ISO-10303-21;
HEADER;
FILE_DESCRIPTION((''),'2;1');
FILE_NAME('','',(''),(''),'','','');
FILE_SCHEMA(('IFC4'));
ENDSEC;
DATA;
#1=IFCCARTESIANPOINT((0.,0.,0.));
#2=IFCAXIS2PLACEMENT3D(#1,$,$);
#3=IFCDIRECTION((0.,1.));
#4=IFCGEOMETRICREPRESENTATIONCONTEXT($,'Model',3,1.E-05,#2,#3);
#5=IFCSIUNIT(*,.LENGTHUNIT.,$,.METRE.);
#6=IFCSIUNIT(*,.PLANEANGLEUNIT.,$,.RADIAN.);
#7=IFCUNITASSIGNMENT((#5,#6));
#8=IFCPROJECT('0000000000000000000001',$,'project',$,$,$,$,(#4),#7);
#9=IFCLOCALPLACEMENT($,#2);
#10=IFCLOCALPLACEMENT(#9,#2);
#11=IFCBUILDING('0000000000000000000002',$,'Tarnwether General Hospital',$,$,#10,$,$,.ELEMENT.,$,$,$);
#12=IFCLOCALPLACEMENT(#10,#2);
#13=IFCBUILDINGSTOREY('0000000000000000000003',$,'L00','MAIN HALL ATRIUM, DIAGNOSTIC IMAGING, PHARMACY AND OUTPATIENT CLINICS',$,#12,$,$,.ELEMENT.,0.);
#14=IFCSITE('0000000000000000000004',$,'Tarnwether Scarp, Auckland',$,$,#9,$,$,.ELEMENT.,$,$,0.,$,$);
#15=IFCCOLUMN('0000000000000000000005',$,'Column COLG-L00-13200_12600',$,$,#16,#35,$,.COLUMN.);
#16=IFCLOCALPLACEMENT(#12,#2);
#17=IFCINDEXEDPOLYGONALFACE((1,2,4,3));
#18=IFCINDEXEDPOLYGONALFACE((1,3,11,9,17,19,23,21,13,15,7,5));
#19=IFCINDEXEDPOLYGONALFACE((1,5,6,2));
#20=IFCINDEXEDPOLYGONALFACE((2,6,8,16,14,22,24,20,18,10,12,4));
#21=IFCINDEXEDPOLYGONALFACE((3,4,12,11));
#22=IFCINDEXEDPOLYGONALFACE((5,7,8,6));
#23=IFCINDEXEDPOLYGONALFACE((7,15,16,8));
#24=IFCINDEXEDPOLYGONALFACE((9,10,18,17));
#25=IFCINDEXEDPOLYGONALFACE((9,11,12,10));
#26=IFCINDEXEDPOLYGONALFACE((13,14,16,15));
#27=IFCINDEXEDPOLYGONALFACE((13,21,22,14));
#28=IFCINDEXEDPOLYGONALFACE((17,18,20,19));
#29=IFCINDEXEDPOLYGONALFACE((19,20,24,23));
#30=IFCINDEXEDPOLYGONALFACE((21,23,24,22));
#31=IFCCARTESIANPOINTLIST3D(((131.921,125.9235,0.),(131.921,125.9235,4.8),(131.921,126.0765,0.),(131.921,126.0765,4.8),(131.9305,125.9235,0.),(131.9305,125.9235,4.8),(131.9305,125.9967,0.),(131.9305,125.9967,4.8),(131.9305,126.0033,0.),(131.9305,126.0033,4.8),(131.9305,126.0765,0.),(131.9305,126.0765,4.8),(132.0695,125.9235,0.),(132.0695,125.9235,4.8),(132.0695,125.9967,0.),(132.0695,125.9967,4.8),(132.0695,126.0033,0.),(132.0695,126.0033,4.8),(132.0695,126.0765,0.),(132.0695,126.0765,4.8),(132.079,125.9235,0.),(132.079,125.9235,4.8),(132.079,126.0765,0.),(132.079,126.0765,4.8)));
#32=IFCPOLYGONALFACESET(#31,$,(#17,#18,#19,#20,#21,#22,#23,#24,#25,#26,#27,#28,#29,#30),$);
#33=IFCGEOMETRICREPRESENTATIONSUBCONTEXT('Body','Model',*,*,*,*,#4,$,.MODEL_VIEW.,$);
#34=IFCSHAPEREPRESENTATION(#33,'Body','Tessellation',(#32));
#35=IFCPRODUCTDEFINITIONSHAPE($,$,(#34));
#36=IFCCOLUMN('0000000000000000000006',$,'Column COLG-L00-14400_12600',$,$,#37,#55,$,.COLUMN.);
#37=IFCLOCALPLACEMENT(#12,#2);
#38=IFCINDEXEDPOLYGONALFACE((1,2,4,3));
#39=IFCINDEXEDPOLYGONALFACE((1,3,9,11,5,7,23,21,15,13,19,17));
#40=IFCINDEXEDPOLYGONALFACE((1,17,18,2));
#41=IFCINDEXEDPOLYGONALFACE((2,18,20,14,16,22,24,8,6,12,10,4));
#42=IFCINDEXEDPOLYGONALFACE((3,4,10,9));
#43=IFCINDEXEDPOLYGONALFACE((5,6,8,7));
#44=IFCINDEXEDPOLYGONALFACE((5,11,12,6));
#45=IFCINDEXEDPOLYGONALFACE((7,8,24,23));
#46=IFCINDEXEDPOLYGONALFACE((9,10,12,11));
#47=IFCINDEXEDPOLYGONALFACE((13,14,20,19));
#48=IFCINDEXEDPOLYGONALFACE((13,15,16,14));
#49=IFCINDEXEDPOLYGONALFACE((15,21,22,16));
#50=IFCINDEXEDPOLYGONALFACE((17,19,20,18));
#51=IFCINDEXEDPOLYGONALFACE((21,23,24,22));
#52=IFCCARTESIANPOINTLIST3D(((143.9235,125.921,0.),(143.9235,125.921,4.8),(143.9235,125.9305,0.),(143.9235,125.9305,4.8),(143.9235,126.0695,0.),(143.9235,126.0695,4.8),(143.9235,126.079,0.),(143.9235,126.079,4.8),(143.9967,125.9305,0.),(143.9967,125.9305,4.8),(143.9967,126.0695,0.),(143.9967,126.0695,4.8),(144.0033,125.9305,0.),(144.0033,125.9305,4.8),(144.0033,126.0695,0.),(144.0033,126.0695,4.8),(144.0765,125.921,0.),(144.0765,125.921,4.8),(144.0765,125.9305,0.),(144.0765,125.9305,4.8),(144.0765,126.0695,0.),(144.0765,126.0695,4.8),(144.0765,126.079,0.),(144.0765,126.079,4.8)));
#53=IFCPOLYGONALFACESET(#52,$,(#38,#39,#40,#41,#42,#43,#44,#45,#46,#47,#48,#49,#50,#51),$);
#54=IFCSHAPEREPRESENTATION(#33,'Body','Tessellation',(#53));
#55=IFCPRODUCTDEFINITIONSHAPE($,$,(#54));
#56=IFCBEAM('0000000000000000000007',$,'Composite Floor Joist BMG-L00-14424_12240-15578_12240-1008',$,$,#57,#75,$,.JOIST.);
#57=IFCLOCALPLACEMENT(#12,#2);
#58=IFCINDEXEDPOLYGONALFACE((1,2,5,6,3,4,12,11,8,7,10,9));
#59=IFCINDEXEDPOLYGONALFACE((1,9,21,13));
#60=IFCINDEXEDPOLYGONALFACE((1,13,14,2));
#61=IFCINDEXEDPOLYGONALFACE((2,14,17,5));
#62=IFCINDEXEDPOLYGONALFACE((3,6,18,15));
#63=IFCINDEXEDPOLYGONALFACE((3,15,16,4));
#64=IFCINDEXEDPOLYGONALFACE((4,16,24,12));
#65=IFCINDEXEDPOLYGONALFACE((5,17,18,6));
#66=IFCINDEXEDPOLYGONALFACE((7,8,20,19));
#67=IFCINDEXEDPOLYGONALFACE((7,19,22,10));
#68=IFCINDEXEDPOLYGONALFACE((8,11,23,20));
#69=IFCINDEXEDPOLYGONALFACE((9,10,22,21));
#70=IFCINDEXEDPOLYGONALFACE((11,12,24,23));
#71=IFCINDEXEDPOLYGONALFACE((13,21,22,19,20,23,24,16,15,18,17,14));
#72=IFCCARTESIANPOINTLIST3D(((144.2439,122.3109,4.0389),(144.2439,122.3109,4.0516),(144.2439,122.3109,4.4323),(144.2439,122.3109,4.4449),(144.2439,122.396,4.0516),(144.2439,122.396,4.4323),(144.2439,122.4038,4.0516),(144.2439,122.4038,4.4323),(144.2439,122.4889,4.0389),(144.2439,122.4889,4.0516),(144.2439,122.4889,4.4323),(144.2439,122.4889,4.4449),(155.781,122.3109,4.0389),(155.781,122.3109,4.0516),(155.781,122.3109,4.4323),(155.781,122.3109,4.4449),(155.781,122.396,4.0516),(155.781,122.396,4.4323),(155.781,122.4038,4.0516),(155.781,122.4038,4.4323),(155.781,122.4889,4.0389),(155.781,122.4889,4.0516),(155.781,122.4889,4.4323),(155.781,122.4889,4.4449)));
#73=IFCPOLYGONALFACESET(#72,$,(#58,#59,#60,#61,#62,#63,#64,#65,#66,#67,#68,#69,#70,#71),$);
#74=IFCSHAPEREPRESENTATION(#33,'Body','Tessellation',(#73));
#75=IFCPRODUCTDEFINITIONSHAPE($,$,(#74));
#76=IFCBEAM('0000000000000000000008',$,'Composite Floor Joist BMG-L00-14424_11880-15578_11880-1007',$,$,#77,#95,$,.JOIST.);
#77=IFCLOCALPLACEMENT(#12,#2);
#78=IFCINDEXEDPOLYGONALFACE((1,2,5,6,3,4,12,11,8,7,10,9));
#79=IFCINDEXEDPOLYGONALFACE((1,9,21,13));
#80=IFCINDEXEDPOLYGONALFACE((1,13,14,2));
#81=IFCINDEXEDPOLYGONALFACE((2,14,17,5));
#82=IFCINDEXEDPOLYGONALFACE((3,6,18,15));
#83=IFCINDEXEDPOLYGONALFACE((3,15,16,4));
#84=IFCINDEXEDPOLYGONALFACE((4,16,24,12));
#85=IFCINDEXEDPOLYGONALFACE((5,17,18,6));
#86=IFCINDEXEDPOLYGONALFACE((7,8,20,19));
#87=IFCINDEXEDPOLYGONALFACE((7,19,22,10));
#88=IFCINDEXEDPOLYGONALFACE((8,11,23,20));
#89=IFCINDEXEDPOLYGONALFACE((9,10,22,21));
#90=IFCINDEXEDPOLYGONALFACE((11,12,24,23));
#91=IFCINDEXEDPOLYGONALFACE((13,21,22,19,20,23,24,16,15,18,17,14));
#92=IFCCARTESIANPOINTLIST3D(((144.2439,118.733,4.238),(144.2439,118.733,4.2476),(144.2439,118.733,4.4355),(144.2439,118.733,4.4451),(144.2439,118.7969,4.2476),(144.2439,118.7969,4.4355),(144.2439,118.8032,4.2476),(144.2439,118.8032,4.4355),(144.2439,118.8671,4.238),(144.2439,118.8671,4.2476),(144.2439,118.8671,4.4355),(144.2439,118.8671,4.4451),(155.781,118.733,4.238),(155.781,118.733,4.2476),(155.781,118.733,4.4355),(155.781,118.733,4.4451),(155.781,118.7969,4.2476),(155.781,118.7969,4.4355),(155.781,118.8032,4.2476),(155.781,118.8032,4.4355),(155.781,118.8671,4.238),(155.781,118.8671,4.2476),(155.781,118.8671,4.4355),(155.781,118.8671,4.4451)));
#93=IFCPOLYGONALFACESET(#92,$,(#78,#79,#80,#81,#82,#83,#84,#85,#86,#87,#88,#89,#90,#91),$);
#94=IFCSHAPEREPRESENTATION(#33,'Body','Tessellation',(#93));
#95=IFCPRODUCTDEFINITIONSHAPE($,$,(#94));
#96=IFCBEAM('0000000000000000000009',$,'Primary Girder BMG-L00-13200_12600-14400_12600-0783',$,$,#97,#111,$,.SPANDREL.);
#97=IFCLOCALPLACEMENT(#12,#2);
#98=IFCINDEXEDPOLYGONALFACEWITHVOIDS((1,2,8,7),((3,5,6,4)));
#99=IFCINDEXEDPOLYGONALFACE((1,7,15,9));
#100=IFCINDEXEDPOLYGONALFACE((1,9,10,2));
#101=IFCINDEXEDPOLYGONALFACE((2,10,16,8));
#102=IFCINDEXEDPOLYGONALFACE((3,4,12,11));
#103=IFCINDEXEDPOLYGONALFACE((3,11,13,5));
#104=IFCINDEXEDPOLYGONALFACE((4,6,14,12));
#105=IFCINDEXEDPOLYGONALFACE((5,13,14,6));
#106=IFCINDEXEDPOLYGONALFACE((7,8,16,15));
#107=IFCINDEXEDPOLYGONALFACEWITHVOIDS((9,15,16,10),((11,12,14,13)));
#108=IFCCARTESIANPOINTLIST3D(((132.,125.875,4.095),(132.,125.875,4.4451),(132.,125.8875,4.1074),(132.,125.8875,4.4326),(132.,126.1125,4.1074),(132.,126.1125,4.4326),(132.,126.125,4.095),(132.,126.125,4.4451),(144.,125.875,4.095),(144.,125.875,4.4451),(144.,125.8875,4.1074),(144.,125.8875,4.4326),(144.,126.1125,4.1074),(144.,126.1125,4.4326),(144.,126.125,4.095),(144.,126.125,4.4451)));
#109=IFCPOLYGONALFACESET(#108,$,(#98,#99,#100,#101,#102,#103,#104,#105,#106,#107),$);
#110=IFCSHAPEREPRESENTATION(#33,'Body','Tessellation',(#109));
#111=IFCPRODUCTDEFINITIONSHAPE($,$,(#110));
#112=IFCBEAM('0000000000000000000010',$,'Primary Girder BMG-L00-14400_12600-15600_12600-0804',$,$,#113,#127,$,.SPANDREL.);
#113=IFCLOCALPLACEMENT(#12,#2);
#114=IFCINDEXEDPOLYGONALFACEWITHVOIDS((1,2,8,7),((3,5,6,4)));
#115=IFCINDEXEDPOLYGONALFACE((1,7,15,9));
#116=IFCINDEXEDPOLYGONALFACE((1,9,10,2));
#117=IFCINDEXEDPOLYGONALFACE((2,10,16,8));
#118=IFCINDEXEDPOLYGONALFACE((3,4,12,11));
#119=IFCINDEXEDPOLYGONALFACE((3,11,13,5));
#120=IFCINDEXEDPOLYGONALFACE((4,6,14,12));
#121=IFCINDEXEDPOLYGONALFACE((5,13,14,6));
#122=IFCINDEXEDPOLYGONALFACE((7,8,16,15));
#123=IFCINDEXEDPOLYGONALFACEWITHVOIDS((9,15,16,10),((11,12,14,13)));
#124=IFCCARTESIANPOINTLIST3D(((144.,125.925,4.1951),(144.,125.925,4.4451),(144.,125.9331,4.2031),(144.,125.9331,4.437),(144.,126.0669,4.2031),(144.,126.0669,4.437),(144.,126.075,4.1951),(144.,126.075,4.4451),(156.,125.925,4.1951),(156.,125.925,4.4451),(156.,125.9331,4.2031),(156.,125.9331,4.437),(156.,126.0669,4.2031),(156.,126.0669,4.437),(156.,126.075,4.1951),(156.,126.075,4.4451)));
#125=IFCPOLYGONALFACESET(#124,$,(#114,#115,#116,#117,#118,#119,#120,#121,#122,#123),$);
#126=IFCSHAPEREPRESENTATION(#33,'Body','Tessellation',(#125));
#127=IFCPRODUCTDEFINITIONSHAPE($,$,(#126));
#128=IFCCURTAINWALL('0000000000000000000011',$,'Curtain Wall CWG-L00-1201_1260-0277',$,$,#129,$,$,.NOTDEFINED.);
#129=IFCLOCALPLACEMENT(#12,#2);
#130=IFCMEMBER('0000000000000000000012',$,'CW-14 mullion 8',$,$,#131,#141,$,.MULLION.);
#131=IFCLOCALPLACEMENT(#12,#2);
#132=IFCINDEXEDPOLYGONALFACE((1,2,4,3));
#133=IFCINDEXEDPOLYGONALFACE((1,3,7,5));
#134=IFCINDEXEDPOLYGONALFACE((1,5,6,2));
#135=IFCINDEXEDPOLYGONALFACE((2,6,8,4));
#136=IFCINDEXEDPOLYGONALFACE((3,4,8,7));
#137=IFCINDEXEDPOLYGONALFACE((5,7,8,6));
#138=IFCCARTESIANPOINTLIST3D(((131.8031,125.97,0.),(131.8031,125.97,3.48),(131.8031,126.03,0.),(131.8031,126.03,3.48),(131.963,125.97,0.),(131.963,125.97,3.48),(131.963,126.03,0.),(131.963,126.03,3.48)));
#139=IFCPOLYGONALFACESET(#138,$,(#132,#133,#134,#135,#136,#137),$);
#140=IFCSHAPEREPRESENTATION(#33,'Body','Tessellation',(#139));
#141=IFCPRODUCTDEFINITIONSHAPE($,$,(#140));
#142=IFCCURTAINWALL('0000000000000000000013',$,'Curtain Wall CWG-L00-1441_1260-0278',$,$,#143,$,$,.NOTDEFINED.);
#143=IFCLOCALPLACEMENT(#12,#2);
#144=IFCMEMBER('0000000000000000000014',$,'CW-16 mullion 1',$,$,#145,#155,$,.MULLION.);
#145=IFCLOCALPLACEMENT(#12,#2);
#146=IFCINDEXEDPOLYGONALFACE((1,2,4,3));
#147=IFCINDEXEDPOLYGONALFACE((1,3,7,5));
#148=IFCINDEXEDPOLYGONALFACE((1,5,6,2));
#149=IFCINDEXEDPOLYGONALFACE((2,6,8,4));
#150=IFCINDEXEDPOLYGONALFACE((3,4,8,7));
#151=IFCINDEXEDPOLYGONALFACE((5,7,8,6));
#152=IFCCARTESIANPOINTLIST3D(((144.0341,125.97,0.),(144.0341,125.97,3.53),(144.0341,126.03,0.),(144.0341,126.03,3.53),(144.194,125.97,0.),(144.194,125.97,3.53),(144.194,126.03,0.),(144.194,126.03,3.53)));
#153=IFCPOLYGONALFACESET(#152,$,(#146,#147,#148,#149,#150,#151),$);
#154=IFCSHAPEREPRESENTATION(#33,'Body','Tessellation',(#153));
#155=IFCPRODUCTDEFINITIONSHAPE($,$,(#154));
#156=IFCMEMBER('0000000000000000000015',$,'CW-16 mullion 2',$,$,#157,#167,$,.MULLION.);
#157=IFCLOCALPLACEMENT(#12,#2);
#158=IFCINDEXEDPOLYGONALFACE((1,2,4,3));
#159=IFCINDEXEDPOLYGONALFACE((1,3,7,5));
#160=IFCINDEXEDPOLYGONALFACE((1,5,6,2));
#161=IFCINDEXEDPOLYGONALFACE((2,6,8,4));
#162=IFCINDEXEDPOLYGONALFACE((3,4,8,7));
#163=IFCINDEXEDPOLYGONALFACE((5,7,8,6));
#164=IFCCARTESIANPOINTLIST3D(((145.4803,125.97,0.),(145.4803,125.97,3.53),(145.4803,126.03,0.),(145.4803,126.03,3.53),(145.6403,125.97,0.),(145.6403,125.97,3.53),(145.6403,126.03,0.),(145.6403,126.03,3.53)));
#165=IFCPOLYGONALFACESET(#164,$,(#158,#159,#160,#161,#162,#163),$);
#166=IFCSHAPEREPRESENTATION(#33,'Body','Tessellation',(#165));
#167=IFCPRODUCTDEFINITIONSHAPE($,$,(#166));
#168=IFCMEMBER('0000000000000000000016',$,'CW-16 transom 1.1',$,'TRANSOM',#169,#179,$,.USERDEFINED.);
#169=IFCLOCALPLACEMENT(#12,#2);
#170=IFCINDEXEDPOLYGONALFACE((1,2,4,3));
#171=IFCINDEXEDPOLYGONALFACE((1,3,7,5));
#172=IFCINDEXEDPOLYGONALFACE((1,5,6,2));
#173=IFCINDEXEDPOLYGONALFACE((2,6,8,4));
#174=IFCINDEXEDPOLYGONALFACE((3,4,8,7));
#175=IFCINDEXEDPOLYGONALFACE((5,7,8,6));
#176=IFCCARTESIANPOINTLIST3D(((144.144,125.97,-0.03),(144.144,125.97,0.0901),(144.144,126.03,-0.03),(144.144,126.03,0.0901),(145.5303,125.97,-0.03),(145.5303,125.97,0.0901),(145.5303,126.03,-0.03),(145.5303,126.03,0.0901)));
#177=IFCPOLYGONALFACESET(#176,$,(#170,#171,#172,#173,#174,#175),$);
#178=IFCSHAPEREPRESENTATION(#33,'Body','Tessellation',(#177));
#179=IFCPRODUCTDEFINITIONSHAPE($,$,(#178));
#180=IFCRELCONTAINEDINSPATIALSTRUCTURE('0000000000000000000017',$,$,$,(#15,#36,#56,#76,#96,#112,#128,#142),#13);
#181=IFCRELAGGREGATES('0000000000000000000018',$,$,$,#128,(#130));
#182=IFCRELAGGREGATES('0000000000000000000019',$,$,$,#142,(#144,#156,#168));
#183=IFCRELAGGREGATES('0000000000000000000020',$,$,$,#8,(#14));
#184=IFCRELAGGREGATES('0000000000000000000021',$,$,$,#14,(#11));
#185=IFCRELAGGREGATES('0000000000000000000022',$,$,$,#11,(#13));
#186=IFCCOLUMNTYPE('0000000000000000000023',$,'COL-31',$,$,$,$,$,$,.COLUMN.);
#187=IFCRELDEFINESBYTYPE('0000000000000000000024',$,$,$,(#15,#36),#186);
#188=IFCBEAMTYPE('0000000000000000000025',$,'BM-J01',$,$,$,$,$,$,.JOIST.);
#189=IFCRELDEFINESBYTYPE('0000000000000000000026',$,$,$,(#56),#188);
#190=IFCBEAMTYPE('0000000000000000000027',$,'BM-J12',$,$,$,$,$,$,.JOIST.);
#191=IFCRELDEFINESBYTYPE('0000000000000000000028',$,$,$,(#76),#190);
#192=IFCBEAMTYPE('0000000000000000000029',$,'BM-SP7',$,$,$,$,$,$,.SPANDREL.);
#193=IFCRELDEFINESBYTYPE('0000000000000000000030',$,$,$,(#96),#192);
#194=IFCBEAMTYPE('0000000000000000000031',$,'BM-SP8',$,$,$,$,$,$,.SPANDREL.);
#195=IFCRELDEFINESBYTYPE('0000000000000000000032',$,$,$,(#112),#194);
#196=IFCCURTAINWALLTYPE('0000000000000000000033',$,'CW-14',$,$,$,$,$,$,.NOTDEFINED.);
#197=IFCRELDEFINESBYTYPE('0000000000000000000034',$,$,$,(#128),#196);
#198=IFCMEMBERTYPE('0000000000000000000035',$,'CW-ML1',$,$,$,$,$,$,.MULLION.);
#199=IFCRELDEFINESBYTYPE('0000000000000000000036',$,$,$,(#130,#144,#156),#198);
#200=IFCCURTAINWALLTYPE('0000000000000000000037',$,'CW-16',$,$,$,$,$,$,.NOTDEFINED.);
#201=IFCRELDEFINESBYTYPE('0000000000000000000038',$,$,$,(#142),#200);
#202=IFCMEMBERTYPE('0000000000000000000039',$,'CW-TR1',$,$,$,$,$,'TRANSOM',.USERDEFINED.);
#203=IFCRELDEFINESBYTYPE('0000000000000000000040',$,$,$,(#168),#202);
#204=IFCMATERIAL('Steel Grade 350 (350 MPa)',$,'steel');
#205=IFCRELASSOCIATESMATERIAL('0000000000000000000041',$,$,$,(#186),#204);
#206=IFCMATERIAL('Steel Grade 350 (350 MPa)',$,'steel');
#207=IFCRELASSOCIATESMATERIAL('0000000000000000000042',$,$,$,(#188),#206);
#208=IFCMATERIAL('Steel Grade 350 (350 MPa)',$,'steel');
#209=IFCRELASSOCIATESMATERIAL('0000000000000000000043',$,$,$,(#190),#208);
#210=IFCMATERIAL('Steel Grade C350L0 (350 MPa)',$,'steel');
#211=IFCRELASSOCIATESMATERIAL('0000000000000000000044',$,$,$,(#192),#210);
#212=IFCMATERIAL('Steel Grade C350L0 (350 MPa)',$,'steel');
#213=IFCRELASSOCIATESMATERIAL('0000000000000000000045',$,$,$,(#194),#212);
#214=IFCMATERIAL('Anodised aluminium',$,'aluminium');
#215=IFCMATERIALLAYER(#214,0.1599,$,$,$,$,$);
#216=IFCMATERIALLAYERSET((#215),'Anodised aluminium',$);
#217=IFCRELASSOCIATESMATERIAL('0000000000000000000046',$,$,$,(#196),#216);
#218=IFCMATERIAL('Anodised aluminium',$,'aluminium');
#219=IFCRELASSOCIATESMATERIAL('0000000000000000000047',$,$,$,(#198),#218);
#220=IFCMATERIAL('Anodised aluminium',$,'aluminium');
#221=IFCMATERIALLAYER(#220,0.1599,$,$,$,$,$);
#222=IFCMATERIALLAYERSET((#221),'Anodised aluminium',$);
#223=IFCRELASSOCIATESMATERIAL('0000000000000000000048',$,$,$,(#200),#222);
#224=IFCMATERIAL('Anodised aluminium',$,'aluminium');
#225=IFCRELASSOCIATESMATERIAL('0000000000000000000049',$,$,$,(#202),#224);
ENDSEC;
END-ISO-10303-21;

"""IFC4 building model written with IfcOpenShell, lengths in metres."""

from ifc_helpers import new_model, si_unit, direction, frame, origin, origin_2d, place, context, subcontext, project, spatial, rectangle, hollow_rectangle, i_section, extrude, material, layer, layer_set, material_profile, profile_set, type_object, element, aggregate, save


model = new_model("IFC4")

# Units and contexts
model_context = context("Model", 3, precision=1e-05, world=origin(), true_north=direction((0.0, 1.0)))
body_context = subcontext(model_context, "Body", "Model", "MODEL_VIEW")
ifc_project = project(units=[si_unit("LENGTHUNIT", "METRE"), si_unit("PLANEANGLEUNIT", "RADIAN")], contexts=[model_context])

# Site, building, storey
site_placement = place(None, origin())
site = spatial("IfcSite", under=ifc_project, at=site_placement, Name="Tarnwether Scarp, Auckland", CompositionType="ELEMENT", RefElevation=0.0)
building_placement = place(site_placement, origin())
building = spatial("IfcBuilding", under=site, at=building_placement, Name="Tarnwether General Hospital", CompositionType="ELEMENT")
storey_placement = place(building_placement, origin())
storey = spatial("IfcBuildingStorey", under=building, at=storey_placement, Name="L00", Description="MAIN HALL ATRIUM, DIAGNOSTIC IMAGING, PHARMACY AND OUTPATIENT CLINICS", CompositionType="ELEMENT", Elevation=0.0)

# Columns
ifc_material_1 = material(Name="Steel Grade 350 (350 MPa)", Category="steel")
ifc_material_profile_1 = material_profile(ifc_material_1, i_section(OverallWidth=0.1531, OverallDepth=0.158, WebThickness=0.0066, FlangeThickness=0.0095, at=origin_2d()), Name="150UC30.0")
ifc_profile_set_1 = profile_set([ifc_material_profile_1], Name="Steel Grade 350 (350 MPa)")
column_type = type_object("IfcColumnType", Name="COL-31", PredefinedType="COLUMN", material=ifc_profile_set_1)
for number, where, z_axis, x_axis, name in (
    (1, (132.0, 126.0, 0.0), (0.0, 0.0, 1.0), (0.0, 1.0, 0.0), "Column COLG-L00-13200_12600"),
    (2, (144.0, 126.0, 0.0), (0.0, 0.0, 1.0), (1.0, 0.0, 0.0), "Column COLG-L00-14400_12600"),
):
    element("IfcColumn", number, at=place(storey_placement, frame(where, z_axis=z_axis, x_axis=x_axis)), inside=storey, type_object=column_type, Name=name, PredefinedType="COLUMN", context=body_context, shape_type="SweptSolid", body=[
        extrude(i_section(OverallWidth=0.1531, OverallDepth=0.158, WebThickness=0.0066, FlangeThickness=0.0095, at=origin_2d()), origin(), (0.0, 0.0, 1.0), 4.8),
    ])

# Beams
ifc_material_2 = material(Name="Steel Grade 350 (350 MPa)", Category="steel")
ifc_material_profile_2 = material_profile(ifc_material_2, i_section(OverallWidth=0.178, OverallDepth=0.406, WebThickness=0.0078, FlangeThickness=0.0127, at=origin_2d()), Name="410UB59.7")
ifc_profile_set_2 = profile_set([ifc_material_profile_2], Name="Steel Grade 350 (350 MPa)")
beam_type_1 = type_object("IfcBeamType", Name="BM-J01", PredefinedType="JOIST", material=ifc_profile_set_2)
beam_1_placement = place(storey_placement, frame((144.2439, 122.3999, 4.2419), z_axis=(1.0, 0.0, 0.0), x_axis=(0.0, 1.0, 0.0)))
element("IfcBeam", 3, at=beam_1_placement, inside=storey, type_object=beam_type_1, Name="Composite Floor Joist BMG-L00-14424_12240-15578_12240-1008", PredefinedType="JOIST", context=body_context, shape_type="SweptSolid", body=[
    extrude(i_section(OverallWidth=0.178, OverallDepth=0.406, WebThickness=0.0078, FlangeThickness=0.0127, at=origin_2d()), origin(), (0.0, 0.0, 1.0), 11.5371),
])
ifc_material_3 = material(Name="Steel Grade 350 (350 MPa)", Category="steel")
ifc_material_profile_3 = material_profile(ifc_material_3, i_section(OverallWidth=0.134, OverallDepth=0.207, WebThickness=0.0063, FlangeThickness=0.0095, at=origin_2d()), Name="200UB29.8")
ifc_profile_set_3 = profile_set([ifc_material_profile_3], Name="Steel Grade 350 (350 MPa)")
beam_type_2 = type_object("IfcBeamType", Name="BM-J12", PredefinedType="JOIST", material=ifc_profile_set_3)
beam_2_placement = place(storey_placement, frame((144.2439, 118.8, 4.3416), z_axis=(1.0, 0.0, 0.0), x_axis=(0.0, 1.0, 0.0)))
element("IfcBeam", 4, at=beam_2_placement, inside=storey, type_object=beam_type_2, Name="Composite Floor Joist BMG-L00-14424_11880-15578_11880-1007", PredefinedType="JOIST", context=body_context, shape_type="SweptSolid", body=[
    extrude(i_section(OverallWidth=0.134, OverallDepth=0.207, WebThickness=0.0063, FlangeThickness=0.0095, at=origin_2d()), origin(), (0.0, 0.0, 1.0), 11.5371),
])
ifc_material_4 = material(Name="Steel Grade C350L0 (350 MPa)", Category="steel")
ifc_material_profile_4 = material_profile(ifc_material_4, hollow_rectangle(XDim=0.25, YDim=0.3501, WallThickness=0.0125, at=origin_2d()), Name="RHS350x250x12.5")
ifc_profile_set_4 = profile_set([ifc_material_profile_4], Name="Steel Grade C350L0 (350 MPa)")
beam_type_3 = type_object("IfcBeamType", Name="BM-SP7", PredefinedType="SPANDREL", material=ifc_profile_set_4)
beam_3_placement = place(storey_placement, frame((132.0, 126.0, 4.27), z_axis=(1.0, 0.0, 0.0), x_axis=(0.0, 1.0, 0.0)))
element("IfcBeam", 5, at=beam_3_placement, inside=storey, type_object=beam_type_3, Name="Primary Girder BMG-L00-13200_12600-14400_12600-0783", PredefinedType="SPANDREL", context=body_context, shape_type="SweptSolid", body=[
    extrude(hollow_rectangle(XDim=0.25, YDim=0.3501, WallThickness=0.0125, at=origin_2d()), origin(), (0.0, 0.0, 1.0), 12.0),
])
ifc_material_5 = material(Name="Steel Grade C350L0 (350 MPa)", Category="steel")
ifc_material_profile_5 = material_profile(ifc_material_5, hollow_rectangle(XDim=0.1499, YDim=0.25, WallThickness=0.0081, at=origin_2d()), Name="RHS250x150x8")
ifc_profile_set_5 = profile_set([ifc_material_profile_5], Name="Steel Grade C350L0 (350 MPa)")
beam_type_4 = type_object("IfcBeamType", Name="BM-SP8", PredefinedType="SPANDREL", material=ifc_profile_set_5)
beam_4_placement = place(storey_placement, frame((144.0, 126.0, 4.3201), z_axis=(1.0, 0.0, 0.0), x_axis=(0.0, 1.0, 0.0)))
element("IfcBeam", 6, at=beam_4_placement, inside=storey, type_object=beam_type_4, Name="Primary Girder BMG-L00-14400_12600-15600_12600-0804", PredefinedType="SPANDREL", context=body_context, shape_type="SweptSolid", body=[
    extrude(hollow_rectangle(XDim=0.1499, YDim=0.25, WallThickness=0.0081, at=origin_2d()), origin(), (0.0, 0.0, 1.0), 12.0),
])

# Curtain wall, member
ifc_material_6 = material(Name="Anodised aluminium", Category="aluminium")
ifc_layer_1 = layer(ifc_material_6, 0.1599)
ifc_layer_set_1 = layer_set([ifc_layer_1], Name="Anodised aluminium")
curtain_wall_type_1 = type_object("IfcCurtainWallType", Name="CW-14", PredefinedType="NOTDEFINED", material=ifc_layer_set_1)
curtain_wall_1_placement = place(storey_placement, origin())
curtain_wall_1 = element("IfcCurtainWall", 7, at=curtain_wall_1_placement, inside=storey, type_object=curtain_wall_type_1, Name="Curtain Wall CWG-L00-1201_1260-0277", PredefinedType="NOTDEFINED")
ifc_material_7 = material(Name="Anodised aluminium", Category="aluminium")
ifc_material_profile_6 = material_profile(ifc_material_7, rectangle(XDim=0.0601, YDim=0.1599, at=origin_2d()), Name="ALU-MUL-60x160")
ifc_profile_set_6 = profile_set([ifc_material_profile_6], Name="Anodised aluminium")
member_type_1 = type_object("IfcMemberType", Name="CW-ML1", PredefinedType="MULLION", material=ifc_profile_set_6)
member_1_placement = place(storey_placement, frame((131.8831, 126.0, 0.0), z_axis=(0.0, 0.0, 1.0), x_axis=(0.0, 1.0, 0.0)))
member_1 = element("IfcMember", 8, at=member_1_placement, type_object=member_type_1, Name="CW-14 mullion 8", PredefinedType="MULLION", context=body_context, shape_type="SweptSolid", body=[
    extrude(rectangle(XDim=0.0601, YDim=0.1599, at=origin_2d()), origin(), (0.0, 0.0, 1.0), 3.48),
])

# Curtain wall, members
ifc_material_8 = material(Name="Anodised aluminium", Category="aluminium")
ifc_layer_2 = layer(ifc_material_8, 0.1599)
ifc_layer_set_2 = layer_set([ifc_layer_2], Name="Anodised aluminium")
curtain_wall_type_2 = type_object("IfcCurtainWallType", Name="CW-16", PredefinedType="NOTDEFINED", material=ifc_layer_set_2)
curtain_wall_2_placement = place(storey_placement, origin())
curtain_wall_2 = element("IfcCurtainWall", 9, at=curtain_wall_2_placement, inside=storey, type_object=curtain_wall_type_2, Name="Curtain Wall CWG-L00-1441_1260-0278", PredefinedType="NOTDEFINED")
member_2_placement = place(storey_placement, frame((144.114, 126.0, 0.0), z_axis=(0.0, 0.0, 1.0), x_axis=(0.0, 1.0, 0.0)))
member_2 = element("IfcMember", 10, at=member_2_placement, type_object=member_type_1, Name="CW-16 mullion 1", PredefinedType="MULLION", context=body_context, shape_type="SweptSolid", body=[
    extrude(rectangle(XDim=0.0601, YDim=0.1599, at=origin_2d()), origin(), (0.0, 0.0, 1.0), 3.53),
])
member_3_placement = place(storey_placement, frame((145.5603, 126.0, 0.0), z_axis=(0.0, 0.0, 1.0), x_axis=(0.0, 1.0, 0.0)))
member_3 = element("IfcMember", 11, at=member_3_placement, type_object=member_type_1, Name="CW-16 mullion 2", PredefinedType="MULLION", context=body_context, shape_type="SweptSolid", body=[
    extrude(rectangle(XDim=0.0601, YDim=0.1599, at=origin_2d()), origin(), (0.0, 0.0, 1.0), 3.53),
])
ifc_material_9 = material(Name="Anodised aluminium", Category="aluminium")
ifc_material_profile_7 = material_profile(ifc_material_9, rectangle(XDim=0.0601, YDim=0.1201, at=origin_2d()), Name="ALU-TRN-60x120")
ifc_profile_set_7 = profile_set([ifc_material_profile_7], Name="Anodised aluminium")
member_type_2 = type_object("IfcMemberType", Name="CW-TR1", ElementType="TRANSOM", PredefinedType="USERDEFINED", material=ifc_profile_set_7)
member_4_placement = place(storey_placement, frame((144.144, 126.0, 0.03), z_axis=(1.0, 0.0, 0.0), x_axis=(0.0, 1.0, 0.0)))
member_4 = element("IfcMember", 12, at=member_4_placement, type_object=member_type_2, Name="CW-16 transom 1.1", ObjectType="TRANSOM", PredefinedType="USERDEFINED", context=body_context, shape_type="SweptSolid", body=[
    extrude(rectangle(XDim=0.0601, YDim=0.1201, at=origin_2d()), origin(), (0.0, 0.0, 1.0), 1.3862),
])

aggregate(curtain_wall_1, [member_1])
aggregate(curtain_wall_2, [member_2, member_3, member_4])

save(model, "model.ifc")
